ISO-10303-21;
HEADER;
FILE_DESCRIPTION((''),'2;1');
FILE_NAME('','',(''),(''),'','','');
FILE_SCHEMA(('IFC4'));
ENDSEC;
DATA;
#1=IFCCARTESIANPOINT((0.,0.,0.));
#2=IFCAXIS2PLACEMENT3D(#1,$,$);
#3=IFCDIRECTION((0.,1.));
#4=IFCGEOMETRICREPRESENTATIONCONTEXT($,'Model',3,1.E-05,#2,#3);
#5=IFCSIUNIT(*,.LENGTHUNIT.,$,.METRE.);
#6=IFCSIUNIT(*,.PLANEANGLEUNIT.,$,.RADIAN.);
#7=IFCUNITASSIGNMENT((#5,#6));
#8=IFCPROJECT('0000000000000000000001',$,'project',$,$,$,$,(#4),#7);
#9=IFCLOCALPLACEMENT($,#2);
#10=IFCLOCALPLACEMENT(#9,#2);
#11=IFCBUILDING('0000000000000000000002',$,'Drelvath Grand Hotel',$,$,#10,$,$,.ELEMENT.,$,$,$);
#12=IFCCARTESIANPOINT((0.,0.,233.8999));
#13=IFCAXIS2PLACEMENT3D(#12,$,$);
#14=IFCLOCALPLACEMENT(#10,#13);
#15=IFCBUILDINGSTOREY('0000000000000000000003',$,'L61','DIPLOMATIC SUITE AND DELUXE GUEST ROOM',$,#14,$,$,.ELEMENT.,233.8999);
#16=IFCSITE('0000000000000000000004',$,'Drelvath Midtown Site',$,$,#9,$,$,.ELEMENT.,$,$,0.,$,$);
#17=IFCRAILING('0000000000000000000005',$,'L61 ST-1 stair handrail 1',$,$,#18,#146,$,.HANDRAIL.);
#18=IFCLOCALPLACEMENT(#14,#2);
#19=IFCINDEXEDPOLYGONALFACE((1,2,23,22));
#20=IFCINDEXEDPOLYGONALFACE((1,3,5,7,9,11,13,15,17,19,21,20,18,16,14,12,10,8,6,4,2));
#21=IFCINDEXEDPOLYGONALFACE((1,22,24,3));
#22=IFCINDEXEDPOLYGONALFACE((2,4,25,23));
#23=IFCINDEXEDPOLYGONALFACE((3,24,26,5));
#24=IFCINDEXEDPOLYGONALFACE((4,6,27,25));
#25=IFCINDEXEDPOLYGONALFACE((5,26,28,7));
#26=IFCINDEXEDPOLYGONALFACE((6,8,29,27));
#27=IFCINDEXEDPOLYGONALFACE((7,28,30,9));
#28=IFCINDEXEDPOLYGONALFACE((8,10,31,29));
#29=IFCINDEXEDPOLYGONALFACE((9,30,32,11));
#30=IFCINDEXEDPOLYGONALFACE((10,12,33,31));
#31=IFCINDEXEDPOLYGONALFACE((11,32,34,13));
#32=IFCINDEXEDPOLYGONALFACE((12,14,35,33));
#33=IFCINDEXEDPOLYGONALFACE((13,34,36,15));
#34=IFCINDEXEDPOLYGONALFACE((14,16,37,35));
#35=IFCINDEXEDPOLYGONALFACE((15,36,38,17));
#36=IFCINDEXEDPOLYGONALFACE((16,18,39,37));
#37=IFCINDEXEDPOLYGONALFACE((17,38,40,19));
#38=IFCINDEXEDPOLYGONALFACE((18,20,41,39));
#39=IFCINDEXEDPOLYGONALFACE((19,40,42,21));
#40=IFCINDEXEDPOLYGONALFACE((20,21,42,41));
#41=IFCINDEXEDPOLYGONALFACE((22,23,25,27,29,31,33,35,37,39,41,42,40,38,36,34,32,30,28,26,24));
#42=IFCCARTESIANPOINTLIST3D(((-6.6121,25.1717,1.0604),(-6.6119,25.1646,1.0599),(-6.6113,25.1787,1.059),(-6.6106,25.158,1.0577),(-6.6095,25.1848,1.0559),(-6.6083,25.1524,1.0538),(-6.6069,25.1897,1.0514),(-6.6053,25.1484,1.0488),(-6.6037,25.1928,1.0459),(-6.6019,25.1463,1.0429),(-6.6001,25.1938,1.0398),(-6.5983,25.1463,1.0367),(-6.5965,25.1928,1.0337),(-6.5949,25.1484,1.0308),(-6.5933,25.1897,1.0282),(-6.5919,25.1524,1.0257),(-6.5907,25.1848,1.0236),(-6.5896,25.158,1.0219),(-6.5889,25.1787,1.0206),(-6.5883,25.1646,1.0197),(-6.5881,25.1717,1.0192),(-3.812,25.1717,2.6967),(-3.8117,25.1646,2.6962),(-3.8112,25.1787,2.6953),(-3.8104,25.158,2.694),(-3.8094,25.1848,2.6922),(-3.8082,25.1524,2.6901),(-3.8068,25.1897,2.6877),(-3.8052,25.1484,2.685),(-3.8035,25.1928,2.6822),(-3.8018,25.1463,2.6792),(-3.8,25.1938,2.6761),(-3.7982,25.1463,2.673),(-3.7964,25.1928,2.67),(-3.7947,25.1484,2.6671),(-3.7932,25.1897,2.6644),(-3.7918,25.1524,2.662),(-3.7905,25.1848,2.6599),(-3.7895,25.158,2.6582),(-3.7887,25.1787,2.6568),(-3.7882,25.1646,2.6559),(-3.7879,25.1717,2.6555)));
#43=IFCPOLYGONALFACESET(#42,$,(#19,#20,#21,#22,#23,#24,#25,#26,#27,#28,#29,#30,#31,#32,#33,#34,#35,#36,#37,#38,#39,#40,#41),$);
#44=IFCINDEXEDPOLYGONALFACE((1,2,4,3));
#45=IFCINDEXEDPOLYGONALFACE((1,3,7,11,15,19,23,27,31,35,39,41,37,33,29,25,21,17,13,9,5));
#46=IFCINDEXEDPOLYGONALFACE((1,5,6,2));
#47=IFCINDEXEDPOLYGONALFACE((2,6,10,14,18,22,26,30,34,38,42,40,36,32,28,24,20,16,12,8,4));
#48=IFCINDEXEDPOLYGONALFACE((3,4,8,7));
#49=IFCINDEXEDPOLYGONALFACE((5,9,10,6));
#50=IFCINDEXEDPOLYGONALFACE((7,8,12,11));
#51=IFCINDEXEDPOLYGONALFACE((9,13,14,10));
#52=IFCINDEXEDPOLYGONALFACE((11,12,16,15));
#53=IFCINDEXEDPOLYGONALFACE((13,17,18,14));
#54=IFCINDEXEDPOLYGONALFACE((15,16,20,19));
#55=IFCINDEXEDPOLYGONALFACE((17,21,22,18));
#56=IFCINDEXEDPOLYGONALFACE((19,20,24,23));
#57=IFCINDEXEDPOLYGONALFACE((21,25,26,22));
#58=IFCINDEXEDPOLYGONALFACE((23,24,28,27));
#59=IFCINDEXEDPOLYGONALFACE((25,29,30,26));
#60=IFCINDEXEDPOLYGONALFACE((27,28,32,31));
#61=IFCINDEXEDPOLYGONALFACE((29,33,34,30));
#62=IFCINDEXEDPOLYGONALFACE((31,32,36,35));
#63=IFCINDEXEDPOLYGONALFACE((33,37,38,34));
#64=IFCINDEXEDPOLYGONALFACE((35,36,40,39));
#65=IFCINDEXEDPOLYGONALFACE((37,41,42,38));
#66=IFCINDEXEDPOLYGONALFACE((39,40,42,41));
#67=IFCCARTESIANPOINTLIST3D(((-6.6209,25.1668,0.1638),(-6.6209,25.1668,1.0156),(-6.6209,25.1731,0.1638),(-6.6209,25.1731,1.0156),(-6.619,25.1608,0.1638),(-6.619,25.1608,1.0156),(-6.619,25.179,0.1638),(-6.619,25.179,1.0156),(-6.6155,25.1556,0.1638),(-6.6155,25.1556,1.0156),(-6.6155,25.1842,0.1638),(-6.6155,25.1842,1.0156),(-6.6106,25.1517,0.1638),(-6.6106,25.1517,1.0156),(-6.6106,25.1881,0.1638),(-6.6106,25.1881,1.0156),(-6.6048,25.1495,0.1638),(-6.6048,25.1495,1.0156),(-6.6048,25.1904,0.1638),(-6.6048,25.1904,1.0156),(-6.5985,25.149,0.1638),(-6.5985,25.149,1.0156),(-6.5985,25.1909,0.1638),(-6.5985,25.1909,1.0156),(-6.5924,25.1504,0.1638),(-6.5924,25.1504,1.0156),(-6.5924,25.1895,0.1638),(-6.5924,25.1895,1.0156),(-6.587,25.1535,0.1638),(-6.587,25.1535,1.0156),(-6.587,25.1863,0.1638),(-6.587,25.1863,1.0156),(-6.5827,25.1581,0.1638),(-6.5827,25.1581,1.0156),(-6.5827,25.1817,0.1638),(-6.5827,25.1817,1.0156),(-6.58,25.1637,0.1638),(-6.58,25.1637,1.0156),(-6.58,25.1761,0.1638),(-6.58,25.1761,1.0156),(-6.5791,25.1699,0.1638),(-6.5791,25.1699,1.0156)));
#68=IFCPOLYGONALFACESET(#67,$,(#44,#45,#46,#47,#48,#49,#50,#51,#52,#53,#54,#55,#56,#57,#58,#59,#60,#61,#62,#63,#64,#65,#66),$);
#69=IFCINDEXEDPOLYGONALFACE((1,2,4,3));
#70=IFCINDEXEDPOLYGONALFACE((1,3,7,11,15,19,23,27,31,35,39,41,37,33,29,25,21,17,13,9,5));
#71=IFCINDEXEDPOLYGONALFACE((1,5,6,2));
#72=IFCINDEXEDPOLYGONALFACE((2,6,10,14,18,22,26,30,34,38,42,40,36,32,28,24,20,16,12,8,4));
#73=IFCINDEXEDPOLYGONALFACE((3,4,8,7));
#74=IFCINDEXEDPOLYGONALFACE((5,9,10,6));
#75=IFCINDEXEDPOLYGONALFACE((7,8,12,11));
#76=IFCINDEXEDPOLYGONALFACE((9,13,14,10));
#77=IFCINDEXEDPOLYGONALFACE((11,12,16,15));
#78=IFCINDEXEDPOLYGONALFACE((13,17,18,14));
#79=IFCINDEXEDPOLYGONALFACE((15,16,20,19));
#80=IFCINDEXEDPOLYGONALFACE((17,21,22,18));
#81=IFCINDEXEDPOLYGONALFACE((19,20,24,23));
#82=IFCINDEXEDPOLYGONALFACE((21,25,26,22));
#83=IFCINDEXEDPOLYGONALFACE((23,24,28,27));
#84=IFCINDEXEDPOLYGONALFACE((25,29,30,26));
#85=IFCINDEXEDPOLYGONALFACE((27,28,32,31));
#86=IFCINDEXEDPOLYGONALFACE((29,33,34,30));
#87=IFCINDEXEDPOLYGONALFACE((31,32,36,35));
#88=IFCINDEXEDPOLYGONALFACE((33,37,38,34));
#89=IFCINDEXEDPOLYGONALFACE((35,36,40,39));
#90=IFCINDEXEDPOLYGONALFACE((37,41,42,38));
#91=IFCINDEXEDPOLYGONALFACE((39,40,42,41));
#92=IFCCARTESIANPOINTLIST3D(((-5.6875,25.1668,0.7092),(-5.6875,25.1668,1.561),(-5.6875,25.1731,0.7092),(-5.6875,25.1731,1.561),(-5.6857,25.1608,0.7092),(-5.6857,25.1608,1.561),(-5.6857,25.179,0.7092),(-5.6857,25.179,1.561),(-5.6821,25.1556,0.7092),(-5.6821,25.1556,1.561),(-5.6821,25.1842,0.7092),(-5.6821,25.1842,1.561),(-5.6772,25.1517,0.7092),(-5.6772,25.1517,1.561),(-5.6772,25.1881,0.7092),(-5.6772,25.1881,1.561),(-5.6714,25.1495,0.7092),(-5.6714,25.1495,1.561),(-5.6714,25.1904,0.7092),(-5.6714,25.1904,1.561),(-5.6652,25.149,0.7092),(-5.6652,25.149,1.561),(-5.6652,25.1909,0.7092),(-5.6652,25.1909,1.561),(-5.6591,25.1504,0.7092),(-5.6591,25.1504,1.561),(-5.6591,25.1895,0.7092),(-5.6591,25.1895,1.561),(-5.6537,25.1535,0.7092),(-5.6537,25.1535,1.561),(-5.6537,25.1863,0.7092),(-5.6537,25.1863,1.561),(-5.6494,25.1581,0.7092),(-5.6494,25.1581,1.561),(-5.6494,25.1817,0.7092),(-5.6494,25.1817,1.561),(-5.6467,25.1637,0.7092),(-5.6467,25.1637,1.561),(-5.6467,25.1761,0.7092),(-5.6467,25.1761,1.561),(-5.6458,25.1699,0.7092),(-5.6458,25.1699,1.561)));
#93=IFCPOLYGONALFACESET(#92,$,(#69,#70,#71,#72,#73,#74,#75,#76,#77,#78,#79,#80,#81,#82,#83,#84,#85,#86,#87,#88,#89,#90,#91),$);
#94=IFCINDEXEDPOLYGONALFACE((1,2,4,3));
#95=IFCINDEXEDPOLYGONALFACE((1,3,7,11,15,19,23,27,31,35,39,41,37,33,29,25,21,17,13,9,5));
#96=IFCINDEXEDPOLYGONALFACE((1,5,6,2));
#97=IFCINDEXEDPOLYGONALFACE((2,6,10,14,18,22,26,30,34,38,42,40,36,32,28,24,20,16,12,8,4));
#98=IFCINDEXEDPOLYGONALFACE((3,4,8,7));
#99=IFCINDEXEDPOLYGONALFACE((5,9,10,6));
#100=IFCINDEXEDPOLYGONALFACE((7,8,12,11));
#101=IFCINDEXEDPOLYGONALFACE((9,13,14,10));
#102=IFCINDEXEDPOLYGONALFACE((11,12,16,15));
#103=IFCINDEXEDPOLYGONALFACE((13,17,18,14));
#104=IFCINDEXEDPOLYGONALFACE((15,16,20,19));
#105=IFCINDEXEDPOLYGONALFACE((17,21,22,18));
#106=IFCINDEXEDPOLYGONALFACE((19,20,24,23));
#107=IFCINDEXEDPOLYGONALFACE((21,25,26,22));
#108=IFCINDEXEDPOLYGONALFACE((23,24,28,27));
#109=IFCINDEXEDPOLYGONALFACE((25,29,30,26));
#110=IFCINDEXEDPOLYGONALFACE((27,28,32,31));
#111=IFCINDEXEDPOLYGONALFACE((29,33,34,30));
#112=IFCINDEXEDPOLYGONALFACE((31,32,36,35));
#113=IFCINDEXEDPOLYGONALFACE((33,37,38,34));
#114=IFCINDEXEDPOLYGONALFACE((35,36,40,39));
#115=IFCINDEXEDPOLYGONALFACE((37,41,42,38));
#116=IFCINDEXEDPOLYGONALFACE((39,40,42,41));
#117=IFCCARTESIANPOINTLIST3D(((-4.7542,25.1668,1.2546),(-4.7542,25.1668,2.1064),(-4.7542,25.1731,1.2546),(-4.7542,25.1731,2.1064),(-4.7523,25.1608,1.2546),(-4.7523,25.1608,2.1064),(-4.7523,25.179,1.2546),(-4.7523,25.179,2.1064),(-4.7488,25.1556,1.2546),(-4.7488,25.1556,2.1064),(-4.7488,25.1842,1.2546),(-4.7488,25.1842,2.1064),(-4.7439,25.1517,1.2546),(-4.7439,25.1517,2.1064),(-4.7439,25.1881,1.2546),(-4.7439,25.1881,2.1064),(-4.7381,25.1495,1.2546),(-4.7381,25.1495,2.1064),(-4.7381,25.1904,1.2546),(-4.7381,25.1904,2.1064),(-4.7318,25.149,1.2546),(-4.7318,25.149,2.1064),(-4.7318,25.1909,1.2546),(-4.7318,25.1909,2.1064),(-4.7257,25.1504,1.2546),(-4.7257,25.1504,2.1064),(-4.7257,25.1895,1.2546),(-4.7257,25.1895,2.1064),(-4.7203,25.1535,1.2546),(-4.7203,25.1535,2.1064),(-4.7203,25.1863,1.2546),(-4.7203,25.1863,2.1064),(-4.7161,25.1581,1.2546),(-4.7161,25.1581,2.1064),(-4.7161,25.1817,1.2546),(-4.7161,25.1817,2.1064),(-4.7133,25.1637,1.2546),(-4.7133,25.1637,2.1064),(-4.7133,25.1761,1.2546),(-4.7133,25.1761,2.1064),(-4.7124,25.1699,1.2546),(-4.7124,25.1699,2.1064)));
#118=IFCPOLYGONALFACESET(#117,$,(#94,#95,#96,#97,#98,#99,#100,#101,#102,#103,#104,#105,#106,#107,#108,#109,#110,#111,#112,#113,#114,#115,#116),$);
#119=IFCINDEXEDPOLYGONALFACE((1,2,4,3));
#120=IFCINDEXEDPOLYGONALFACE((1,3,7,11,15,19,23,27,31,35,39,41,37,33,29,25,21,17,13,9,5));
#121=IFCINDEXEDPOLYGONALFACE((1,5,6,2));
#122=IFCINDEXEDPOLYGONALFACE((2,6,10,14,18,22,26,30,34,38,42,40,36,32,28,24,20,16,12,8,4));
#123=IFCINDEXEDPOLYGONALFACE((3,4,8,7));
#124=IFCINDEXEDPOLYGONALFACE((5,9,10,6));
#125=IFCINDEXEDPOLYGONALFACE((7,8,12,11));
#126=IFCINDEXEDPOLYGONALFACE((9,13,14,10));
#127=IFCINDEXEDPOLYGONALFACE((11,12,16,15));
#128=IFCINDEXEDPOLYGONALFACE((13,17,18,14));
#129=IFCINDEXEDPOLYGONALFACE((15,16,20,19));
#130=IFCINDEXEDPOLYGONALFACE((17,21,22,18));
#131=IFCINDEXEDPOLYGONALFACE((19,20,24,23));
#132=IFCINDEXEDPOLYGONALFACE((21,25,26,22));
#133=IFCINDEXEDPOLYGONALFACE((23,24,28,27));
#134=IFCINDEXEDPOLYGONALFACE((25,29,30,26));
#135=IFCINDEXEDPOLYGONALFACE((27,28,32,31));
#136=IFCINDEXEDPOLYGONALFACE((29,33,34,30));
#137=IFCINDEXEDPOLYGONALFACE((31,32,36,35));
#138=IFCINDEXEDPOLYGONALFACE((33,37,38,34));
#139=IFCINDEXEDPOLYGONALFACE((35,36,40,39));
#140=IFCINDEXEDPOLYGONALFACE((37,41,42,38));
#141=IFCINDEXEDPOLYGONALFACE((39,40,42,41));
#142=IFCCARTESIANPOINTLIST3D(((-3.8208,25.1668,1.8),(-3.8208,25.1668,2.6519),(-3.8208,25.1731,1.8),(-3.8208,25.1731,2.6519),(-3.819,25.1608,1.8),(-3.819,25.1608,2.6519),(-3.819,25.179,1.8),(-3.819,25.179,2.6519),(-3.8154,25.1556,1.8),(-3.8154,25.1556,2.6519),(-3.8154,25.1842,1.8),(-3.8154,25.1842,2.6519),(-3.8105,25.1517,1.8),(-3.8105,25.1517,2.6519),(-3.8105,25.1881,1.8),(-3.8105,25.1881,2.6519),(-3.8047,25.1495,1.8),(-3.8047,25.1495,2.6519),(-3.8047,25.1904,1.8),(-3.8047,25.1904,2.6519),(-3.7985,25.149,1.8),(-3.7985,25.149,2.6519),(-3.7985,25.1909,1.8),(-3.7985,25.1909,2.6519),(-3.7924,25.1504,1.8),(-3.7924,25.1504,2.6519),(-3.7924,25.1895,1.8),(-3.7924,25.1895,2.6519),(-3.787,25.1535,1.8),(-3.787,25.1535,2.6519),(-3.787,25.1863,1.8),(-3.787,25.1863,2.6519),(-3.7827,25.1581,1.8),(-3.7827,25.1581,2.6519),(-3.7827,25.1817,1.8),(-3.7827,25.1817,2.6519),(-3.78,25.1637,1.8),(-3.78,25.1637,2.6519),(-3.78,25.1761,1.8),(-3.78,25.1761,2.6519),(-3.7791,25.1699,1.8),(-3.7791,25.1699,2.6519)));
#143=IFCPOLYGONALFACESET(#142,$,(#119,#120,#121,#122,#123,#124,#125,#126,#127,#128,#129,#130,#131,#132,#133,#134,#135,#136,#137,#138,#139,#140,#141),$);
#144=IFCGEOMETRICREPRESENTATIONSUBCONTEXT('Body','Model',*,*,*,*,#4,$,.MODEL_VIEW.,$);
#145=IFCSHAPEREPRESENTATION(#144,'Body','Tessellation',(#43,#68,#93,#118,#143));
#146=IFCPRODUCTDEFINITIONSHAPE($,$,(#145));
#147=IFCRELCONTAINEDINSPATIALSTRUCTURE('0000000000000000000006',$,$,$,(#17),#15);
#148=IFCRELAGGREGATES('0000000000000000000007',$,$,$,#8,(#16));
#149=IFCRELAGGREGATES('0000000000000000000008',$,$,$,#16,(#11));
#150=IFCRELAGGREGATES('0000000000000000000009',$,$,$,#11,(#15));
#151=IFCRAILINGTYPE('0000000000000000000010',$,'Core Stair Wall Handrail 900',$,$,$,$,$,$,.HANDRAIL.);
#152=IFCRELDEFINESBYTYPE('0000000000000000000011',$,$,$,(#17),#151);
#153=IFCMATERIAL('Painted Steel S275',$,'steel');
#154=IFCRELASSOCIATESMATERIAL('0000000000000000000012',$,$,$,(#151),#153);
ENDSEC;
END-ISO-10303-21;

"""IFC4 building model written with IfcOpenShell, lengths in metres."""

from ifc_helpers import new_model, si_unit, direction, frame, origin, origin_2d, place, context, subcontext, project, spatial, circle, extrude, material, type_object, element, save


model = new_model("IFC4")

# Units and contexts
model_context = context("Model", 3, precision=1e-05, world=origin(), true_north=direction((0.0, 1.0)))
body_context = subcontext(model_context, "Body", "Model", "MODEL_VIEW")
ifc_project = project(units=[si_unit("LENGTHUNIT", "METRE"), si_unit("PLANEANGLEUNIT", "RADIAN")], contexts=[model_context])

# Site, building, storey
site_placement = place(None, origin())
site = spatial("IfcSite", under=ifc_project, at=site_placement, Name="Drelvath Midtown Site", CompositionType="ELEMENT", RefElevation=0.0)
building_placement = place(site_placement, origin())
building = spatial("IfcBuilding", under=site, at=building_placement, Name="Drelvath Grand Hotel", CompositionType="ELEMENT")
storey_placement = place(building_placement, frame((0.0, 0.0, 233.8999)))
storey = spatial("IfcBuildingStorey", under=building, at=storey_placement, Name="L61", Description="DIPLOMATIC SUITE AND DELUXE GUEST ROOM", CompositionType="ELEMENT", Elevation=233.8999)

# Shared definitions
ifc_material_1 = material(Name="Painted Steel S275", Category="steel")

# Railing
railing_type_1 = type_object("IfcRailingType", Name="Core Stair Wall Handrail 900", PredefinedType="HANDRAIL", material=ifc_material_1)
railing_1_placement = place(storey_placement, frame((-6.6001, 25.1699, 0.1638)))
element("IfcRailing", 1, at=railing_1_placement, inside=storey, type_object=railing_type_1, Name="L61 ST-1 stair handrail 1", PredefinedType="HANDRAIL", context=body_context, shape_type="SweptSolid", body=[
    extrude(circle(Radius=0.0239, at=origin_2d()), frame((0.0, 0.0, 0.876), z_axis=(0.863394, 0.0, 0.504531), x_axis=(0.0, 1.0, 0.0)), (0.0, 0.0, 1.0), 3.2432),
    extrude(circle(Radius=0.021, at=origin_2d()), origin(), (0.0, 0.0, 1.0), 0.8518),
    extrude(circle(Radius=0.021, at=origin_2d()), frame((0.9333, 0.0, 0.5454)), (0.0, 0.0, 1.0), 0.8518),
    extrude(circle(Radius=0.021, at=origin_2d()), frame((1.8667, 0.0, 1.0908)), (0.0, 0.0, 1.0), 0.8518),
    extrude(circle(Radius=0.021, at=origin_2d()), frame((2.8, 0.0, 1.6362)), (0.0, 0.0, 1.0), 0.8518),
])

save(model, "model.ifc")
